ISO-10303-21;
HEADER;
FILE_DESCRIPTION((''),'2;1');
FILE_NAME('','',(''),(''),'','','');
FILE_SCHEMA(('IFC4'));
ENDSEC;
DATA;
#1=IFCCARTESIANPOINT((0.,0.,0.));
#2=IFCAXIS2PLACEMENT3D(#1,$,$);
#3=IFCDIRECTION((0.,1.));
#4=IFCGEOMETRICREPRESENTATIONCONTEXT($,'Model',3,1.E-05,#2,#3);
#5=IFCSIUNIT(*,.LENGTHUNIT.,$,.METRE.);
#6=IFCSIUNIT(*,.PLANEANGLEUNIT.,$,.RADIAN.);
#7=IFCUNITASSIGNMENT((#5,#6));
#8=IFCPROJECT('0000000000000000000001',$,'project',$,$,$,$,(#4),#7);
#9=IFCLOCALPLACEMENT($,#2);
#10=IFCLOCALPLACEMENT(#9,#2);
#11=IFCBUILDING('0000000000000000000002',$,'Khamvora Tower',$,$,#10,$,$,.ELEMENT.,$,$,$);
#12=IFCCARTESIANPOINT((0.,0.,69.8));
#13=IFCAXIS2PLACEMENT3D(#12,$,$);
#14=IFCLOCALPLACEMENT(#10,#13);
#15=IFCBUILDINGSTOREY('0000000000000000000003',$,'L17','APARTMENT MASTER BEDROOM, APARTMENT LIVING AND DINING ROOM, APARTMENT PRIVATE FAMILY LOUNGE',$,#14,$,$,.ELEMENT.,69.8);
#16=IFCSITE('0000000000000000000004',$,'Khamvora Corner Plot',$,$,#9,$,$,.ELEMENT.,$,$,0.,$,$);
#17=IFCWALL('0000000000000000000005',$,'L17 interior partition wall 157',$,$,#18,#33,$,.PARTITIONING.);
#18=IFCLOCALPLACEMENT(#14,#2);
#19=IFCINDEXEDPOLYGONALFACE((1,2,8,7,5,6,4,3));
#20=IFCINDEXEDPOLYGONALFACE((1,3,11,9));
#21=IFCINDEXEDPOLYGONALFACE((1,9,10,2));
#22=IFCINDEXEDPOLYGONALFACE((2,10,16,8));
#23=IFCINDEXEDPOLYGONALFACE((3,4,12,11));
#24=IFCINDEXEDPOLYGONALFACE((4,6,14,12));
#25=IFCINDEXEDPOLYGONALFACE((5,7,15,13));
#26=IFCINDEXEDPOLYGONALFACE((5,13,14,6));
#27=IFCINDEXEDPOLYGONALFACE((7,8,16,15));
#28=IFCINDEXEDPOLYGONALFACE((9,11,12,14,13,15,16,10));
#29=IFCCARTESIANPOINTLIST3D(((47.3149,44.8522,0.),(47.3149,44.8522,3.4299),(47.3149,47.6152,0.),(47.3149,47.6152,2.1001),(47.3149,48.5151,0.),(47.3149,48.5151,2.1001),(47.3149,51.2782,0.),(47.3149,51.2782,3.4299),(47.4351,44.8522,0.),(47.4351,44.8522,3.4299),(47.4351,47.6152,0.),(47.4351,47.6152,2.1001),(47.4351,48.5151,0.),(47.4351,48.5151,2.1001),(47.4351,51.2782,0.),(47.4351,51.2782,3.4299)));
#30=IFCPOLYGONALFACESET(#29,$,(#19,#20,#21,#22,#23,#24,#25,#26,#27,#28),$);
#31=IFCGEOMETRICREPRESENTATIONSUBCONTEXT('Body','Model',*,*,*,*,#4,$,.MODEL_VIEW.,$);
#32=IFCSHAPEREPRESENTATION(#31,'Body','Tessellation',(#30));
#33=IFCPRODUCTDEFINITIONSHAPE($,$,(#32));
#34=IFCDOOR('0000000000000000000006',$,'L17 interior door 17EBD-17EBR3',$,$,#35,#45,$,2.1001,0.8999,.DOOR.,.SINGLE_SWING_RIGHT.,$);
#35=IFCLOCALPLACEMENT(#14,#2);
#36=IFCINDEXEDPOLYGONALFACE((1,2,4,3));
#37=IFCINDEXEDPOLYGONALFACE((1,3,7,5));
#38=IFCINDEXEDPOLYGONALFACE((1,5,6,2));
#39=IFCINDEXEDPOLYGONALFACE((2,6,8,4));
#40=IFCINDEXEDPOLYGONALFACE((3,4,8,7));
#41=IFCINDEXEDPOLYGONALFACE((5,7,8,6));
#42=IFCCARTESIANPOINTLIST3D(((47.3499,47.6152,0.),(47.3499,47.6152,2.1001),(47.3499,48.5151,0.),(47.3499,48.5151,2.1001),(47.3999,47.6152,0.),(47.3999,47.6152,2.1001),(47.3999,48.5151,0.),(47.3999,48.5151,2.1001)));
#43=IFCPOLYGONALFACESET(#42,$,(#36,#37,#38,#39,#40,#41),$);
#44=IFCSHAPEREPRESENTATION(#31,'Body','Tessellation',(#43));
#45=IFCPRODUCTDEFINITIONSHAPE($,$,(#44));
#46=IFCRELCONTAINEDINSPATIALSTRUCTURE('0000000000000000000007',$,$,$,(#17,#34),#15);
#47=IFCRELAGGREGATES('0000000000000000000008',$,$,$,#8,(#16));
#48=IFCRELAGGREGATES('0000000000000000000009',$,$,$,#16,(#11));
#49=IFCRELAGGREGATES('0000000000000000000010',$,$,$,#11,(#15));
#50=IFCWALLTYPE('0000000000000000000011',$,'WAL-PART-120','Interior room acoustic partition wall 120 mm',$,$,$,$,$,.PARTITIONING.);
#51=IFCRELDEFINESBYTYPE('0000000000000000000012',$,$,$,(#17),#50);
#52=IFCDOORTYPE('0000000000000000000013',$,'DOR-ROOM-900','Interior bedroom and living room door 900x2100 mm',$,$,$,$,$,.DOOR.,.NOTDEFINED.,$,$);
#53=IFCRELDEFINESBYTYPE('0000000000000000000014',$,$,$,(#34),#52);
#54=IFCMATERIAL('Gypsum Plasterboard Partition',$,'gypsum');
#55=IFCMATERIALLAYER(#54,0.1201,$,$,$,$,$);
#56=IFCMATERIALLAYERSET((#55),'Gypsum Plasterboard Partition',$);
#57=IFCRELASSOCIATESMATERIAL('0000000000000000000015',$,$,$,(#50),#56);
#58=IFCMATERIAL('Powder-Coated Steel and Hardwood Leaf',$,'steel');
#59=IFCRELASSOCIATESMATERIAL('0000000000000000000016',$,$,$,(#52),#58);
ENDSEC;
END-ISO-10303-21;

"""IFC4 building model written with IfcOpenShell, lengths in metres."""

from ifc_helpers import new_model, si_unit, direction, frame, frame_2d, origin, place, context, subcontext, project, spatial, rectangle, extrude, material, layer, layer_set, type_object, element, fill, save


model = new_model("IFC4")

# Units and contexts
model_context = context("Model", 3, precision=1e-05, world=origin(), true_north=direction((0.0, 1.0)))
body_context = subcontext(model_context, "Body", "Model", "MODEL_VIEW")
ifc_project = project(units=[si_unit("LENGTHUNIT", "METRE"), si_unit("PLANEANGLEUNIT", "RADIAN")], contexts=[model_context])

# Site, building, storey
site_placement = place(None, origin())
site = spatial("IfcSite", under=ifc_project, at=site_placement, Name="Khamvora Corner Plot", CompositionType="ELEMENT", RefElevation=0.0)
building_placement = place(site_placement, origin())
building = spatial("IfcBuilding", under=site, at=building_placement, Name="Khamvora Tower", CompositionType="ELEMENT")
storey_placement = place(building_placement, frame((0.0, 0.0, 69.8)))
storey = spatial("IfcBuildingStorey", under=building, at=storey_placement, Name="L17", Description="APARTMENT MASTER BEDROOM, APARTMENT LIVING AND DINING ROOM, APARTMENT PRIVATE FAMILY LOUNGE", CompositionType="ELEMENT", Elevation=69.8)

# Wall, opening, door
ifc_material_1 = material(Name="Gypsum Plasterboard Partition", Category="gypsum")
ifc_layer_1 = layer(ifc_material_1, 0.1201)
ifc_layer_set_1 = layer_set([ifc_layer_1], Name="Gypsum Plasterboard Partition")
wall_type_1 = type_object("IfcWallType", Name="WAL-PART-120", Description="Interior room acoustic partition wall 120 mm", PredefinedType="PARTITIONING", material=ifc_layer_set_1)
ifc_material_2 = material(Name="Powder-Coated Steel and Hardwood Leaf", Category="steel")
door_type = type_object("IfcDoorType", Name="DOR-ROOM-900", Description="Interior bedroom and living room door 900x2100 mm", OperationType="NOTDEFINED", PredefinedType="DOOR", material=ifc_material_2)
wall_1_placement = place(storey_placement, frame((47.375, 51.2781, 0.0), z_axis=(0.0, 0.0, 1.0), x_axis=(0.0, -1.0, 0.0)))
wall_1 = element("IfcWall", 1, at=wall_1_placement, inside=storey, type_object=wall_type_1, Name="L17 interior partition wall 157", PredefinedType="PARTITIONING", context=body_context, shape_type="SweptSolid", body=[
    extrude(rectangle(XDim=6.426, YDim=0.1201, at=frame_2d((3.2129, 0.0))), origin(), (0.0, 0.0, 1.0), 3.4299),
])
opening_1_placement = place(wall_1_placement, frame((2.7629, 0.0, 0.0)))
opening_1 = element("IfcOpeningElement", 2, at=opening_1_placement, cuts=wall_1, PredefinedType="OPENING", context=body_context, shape_type="SweptSolid", body=[
    extrude(rectangle(XDim=0.8999, YDim=2.1001, at=frame_2d((0.45, 1.05))), frame((0.0, 0.0701, 0.0), z_axis=(0.0, -1.0, 0.0), x_axis=(1.0, 0.0, 0.0)), (0.0, 0.0, 1.0), 0.1401),
])
door_1_placement = place(opening_1_placement, origin())
door_1 = element("IfcDoor", 3, at=door_1_placement, inside=storey, type_object=door_type, Name="L17 interior door 17EBD-17EBR3", OperationType="SINGLE_SWING_RIGHT", OverallHeight=2.1001, OverallWidth=0.8999, PredefinedType="DOOR", context=body_context, shape_type="SweptSolid", body=[
    extrude(rectangle(XDim=0.8999, YDim=2.1001, at=frame_2d((0.45, 1.05))), frame((0.0, 0.0249, 0.0), z_axis=(0.0, -1.0, 0.0), x_axis=(1.0, 0.0, 0.0)), (0.0, 0.0, 1.0), 0.05),
])
fill(opening_1, door_1)

save(model, "model.ifc")
